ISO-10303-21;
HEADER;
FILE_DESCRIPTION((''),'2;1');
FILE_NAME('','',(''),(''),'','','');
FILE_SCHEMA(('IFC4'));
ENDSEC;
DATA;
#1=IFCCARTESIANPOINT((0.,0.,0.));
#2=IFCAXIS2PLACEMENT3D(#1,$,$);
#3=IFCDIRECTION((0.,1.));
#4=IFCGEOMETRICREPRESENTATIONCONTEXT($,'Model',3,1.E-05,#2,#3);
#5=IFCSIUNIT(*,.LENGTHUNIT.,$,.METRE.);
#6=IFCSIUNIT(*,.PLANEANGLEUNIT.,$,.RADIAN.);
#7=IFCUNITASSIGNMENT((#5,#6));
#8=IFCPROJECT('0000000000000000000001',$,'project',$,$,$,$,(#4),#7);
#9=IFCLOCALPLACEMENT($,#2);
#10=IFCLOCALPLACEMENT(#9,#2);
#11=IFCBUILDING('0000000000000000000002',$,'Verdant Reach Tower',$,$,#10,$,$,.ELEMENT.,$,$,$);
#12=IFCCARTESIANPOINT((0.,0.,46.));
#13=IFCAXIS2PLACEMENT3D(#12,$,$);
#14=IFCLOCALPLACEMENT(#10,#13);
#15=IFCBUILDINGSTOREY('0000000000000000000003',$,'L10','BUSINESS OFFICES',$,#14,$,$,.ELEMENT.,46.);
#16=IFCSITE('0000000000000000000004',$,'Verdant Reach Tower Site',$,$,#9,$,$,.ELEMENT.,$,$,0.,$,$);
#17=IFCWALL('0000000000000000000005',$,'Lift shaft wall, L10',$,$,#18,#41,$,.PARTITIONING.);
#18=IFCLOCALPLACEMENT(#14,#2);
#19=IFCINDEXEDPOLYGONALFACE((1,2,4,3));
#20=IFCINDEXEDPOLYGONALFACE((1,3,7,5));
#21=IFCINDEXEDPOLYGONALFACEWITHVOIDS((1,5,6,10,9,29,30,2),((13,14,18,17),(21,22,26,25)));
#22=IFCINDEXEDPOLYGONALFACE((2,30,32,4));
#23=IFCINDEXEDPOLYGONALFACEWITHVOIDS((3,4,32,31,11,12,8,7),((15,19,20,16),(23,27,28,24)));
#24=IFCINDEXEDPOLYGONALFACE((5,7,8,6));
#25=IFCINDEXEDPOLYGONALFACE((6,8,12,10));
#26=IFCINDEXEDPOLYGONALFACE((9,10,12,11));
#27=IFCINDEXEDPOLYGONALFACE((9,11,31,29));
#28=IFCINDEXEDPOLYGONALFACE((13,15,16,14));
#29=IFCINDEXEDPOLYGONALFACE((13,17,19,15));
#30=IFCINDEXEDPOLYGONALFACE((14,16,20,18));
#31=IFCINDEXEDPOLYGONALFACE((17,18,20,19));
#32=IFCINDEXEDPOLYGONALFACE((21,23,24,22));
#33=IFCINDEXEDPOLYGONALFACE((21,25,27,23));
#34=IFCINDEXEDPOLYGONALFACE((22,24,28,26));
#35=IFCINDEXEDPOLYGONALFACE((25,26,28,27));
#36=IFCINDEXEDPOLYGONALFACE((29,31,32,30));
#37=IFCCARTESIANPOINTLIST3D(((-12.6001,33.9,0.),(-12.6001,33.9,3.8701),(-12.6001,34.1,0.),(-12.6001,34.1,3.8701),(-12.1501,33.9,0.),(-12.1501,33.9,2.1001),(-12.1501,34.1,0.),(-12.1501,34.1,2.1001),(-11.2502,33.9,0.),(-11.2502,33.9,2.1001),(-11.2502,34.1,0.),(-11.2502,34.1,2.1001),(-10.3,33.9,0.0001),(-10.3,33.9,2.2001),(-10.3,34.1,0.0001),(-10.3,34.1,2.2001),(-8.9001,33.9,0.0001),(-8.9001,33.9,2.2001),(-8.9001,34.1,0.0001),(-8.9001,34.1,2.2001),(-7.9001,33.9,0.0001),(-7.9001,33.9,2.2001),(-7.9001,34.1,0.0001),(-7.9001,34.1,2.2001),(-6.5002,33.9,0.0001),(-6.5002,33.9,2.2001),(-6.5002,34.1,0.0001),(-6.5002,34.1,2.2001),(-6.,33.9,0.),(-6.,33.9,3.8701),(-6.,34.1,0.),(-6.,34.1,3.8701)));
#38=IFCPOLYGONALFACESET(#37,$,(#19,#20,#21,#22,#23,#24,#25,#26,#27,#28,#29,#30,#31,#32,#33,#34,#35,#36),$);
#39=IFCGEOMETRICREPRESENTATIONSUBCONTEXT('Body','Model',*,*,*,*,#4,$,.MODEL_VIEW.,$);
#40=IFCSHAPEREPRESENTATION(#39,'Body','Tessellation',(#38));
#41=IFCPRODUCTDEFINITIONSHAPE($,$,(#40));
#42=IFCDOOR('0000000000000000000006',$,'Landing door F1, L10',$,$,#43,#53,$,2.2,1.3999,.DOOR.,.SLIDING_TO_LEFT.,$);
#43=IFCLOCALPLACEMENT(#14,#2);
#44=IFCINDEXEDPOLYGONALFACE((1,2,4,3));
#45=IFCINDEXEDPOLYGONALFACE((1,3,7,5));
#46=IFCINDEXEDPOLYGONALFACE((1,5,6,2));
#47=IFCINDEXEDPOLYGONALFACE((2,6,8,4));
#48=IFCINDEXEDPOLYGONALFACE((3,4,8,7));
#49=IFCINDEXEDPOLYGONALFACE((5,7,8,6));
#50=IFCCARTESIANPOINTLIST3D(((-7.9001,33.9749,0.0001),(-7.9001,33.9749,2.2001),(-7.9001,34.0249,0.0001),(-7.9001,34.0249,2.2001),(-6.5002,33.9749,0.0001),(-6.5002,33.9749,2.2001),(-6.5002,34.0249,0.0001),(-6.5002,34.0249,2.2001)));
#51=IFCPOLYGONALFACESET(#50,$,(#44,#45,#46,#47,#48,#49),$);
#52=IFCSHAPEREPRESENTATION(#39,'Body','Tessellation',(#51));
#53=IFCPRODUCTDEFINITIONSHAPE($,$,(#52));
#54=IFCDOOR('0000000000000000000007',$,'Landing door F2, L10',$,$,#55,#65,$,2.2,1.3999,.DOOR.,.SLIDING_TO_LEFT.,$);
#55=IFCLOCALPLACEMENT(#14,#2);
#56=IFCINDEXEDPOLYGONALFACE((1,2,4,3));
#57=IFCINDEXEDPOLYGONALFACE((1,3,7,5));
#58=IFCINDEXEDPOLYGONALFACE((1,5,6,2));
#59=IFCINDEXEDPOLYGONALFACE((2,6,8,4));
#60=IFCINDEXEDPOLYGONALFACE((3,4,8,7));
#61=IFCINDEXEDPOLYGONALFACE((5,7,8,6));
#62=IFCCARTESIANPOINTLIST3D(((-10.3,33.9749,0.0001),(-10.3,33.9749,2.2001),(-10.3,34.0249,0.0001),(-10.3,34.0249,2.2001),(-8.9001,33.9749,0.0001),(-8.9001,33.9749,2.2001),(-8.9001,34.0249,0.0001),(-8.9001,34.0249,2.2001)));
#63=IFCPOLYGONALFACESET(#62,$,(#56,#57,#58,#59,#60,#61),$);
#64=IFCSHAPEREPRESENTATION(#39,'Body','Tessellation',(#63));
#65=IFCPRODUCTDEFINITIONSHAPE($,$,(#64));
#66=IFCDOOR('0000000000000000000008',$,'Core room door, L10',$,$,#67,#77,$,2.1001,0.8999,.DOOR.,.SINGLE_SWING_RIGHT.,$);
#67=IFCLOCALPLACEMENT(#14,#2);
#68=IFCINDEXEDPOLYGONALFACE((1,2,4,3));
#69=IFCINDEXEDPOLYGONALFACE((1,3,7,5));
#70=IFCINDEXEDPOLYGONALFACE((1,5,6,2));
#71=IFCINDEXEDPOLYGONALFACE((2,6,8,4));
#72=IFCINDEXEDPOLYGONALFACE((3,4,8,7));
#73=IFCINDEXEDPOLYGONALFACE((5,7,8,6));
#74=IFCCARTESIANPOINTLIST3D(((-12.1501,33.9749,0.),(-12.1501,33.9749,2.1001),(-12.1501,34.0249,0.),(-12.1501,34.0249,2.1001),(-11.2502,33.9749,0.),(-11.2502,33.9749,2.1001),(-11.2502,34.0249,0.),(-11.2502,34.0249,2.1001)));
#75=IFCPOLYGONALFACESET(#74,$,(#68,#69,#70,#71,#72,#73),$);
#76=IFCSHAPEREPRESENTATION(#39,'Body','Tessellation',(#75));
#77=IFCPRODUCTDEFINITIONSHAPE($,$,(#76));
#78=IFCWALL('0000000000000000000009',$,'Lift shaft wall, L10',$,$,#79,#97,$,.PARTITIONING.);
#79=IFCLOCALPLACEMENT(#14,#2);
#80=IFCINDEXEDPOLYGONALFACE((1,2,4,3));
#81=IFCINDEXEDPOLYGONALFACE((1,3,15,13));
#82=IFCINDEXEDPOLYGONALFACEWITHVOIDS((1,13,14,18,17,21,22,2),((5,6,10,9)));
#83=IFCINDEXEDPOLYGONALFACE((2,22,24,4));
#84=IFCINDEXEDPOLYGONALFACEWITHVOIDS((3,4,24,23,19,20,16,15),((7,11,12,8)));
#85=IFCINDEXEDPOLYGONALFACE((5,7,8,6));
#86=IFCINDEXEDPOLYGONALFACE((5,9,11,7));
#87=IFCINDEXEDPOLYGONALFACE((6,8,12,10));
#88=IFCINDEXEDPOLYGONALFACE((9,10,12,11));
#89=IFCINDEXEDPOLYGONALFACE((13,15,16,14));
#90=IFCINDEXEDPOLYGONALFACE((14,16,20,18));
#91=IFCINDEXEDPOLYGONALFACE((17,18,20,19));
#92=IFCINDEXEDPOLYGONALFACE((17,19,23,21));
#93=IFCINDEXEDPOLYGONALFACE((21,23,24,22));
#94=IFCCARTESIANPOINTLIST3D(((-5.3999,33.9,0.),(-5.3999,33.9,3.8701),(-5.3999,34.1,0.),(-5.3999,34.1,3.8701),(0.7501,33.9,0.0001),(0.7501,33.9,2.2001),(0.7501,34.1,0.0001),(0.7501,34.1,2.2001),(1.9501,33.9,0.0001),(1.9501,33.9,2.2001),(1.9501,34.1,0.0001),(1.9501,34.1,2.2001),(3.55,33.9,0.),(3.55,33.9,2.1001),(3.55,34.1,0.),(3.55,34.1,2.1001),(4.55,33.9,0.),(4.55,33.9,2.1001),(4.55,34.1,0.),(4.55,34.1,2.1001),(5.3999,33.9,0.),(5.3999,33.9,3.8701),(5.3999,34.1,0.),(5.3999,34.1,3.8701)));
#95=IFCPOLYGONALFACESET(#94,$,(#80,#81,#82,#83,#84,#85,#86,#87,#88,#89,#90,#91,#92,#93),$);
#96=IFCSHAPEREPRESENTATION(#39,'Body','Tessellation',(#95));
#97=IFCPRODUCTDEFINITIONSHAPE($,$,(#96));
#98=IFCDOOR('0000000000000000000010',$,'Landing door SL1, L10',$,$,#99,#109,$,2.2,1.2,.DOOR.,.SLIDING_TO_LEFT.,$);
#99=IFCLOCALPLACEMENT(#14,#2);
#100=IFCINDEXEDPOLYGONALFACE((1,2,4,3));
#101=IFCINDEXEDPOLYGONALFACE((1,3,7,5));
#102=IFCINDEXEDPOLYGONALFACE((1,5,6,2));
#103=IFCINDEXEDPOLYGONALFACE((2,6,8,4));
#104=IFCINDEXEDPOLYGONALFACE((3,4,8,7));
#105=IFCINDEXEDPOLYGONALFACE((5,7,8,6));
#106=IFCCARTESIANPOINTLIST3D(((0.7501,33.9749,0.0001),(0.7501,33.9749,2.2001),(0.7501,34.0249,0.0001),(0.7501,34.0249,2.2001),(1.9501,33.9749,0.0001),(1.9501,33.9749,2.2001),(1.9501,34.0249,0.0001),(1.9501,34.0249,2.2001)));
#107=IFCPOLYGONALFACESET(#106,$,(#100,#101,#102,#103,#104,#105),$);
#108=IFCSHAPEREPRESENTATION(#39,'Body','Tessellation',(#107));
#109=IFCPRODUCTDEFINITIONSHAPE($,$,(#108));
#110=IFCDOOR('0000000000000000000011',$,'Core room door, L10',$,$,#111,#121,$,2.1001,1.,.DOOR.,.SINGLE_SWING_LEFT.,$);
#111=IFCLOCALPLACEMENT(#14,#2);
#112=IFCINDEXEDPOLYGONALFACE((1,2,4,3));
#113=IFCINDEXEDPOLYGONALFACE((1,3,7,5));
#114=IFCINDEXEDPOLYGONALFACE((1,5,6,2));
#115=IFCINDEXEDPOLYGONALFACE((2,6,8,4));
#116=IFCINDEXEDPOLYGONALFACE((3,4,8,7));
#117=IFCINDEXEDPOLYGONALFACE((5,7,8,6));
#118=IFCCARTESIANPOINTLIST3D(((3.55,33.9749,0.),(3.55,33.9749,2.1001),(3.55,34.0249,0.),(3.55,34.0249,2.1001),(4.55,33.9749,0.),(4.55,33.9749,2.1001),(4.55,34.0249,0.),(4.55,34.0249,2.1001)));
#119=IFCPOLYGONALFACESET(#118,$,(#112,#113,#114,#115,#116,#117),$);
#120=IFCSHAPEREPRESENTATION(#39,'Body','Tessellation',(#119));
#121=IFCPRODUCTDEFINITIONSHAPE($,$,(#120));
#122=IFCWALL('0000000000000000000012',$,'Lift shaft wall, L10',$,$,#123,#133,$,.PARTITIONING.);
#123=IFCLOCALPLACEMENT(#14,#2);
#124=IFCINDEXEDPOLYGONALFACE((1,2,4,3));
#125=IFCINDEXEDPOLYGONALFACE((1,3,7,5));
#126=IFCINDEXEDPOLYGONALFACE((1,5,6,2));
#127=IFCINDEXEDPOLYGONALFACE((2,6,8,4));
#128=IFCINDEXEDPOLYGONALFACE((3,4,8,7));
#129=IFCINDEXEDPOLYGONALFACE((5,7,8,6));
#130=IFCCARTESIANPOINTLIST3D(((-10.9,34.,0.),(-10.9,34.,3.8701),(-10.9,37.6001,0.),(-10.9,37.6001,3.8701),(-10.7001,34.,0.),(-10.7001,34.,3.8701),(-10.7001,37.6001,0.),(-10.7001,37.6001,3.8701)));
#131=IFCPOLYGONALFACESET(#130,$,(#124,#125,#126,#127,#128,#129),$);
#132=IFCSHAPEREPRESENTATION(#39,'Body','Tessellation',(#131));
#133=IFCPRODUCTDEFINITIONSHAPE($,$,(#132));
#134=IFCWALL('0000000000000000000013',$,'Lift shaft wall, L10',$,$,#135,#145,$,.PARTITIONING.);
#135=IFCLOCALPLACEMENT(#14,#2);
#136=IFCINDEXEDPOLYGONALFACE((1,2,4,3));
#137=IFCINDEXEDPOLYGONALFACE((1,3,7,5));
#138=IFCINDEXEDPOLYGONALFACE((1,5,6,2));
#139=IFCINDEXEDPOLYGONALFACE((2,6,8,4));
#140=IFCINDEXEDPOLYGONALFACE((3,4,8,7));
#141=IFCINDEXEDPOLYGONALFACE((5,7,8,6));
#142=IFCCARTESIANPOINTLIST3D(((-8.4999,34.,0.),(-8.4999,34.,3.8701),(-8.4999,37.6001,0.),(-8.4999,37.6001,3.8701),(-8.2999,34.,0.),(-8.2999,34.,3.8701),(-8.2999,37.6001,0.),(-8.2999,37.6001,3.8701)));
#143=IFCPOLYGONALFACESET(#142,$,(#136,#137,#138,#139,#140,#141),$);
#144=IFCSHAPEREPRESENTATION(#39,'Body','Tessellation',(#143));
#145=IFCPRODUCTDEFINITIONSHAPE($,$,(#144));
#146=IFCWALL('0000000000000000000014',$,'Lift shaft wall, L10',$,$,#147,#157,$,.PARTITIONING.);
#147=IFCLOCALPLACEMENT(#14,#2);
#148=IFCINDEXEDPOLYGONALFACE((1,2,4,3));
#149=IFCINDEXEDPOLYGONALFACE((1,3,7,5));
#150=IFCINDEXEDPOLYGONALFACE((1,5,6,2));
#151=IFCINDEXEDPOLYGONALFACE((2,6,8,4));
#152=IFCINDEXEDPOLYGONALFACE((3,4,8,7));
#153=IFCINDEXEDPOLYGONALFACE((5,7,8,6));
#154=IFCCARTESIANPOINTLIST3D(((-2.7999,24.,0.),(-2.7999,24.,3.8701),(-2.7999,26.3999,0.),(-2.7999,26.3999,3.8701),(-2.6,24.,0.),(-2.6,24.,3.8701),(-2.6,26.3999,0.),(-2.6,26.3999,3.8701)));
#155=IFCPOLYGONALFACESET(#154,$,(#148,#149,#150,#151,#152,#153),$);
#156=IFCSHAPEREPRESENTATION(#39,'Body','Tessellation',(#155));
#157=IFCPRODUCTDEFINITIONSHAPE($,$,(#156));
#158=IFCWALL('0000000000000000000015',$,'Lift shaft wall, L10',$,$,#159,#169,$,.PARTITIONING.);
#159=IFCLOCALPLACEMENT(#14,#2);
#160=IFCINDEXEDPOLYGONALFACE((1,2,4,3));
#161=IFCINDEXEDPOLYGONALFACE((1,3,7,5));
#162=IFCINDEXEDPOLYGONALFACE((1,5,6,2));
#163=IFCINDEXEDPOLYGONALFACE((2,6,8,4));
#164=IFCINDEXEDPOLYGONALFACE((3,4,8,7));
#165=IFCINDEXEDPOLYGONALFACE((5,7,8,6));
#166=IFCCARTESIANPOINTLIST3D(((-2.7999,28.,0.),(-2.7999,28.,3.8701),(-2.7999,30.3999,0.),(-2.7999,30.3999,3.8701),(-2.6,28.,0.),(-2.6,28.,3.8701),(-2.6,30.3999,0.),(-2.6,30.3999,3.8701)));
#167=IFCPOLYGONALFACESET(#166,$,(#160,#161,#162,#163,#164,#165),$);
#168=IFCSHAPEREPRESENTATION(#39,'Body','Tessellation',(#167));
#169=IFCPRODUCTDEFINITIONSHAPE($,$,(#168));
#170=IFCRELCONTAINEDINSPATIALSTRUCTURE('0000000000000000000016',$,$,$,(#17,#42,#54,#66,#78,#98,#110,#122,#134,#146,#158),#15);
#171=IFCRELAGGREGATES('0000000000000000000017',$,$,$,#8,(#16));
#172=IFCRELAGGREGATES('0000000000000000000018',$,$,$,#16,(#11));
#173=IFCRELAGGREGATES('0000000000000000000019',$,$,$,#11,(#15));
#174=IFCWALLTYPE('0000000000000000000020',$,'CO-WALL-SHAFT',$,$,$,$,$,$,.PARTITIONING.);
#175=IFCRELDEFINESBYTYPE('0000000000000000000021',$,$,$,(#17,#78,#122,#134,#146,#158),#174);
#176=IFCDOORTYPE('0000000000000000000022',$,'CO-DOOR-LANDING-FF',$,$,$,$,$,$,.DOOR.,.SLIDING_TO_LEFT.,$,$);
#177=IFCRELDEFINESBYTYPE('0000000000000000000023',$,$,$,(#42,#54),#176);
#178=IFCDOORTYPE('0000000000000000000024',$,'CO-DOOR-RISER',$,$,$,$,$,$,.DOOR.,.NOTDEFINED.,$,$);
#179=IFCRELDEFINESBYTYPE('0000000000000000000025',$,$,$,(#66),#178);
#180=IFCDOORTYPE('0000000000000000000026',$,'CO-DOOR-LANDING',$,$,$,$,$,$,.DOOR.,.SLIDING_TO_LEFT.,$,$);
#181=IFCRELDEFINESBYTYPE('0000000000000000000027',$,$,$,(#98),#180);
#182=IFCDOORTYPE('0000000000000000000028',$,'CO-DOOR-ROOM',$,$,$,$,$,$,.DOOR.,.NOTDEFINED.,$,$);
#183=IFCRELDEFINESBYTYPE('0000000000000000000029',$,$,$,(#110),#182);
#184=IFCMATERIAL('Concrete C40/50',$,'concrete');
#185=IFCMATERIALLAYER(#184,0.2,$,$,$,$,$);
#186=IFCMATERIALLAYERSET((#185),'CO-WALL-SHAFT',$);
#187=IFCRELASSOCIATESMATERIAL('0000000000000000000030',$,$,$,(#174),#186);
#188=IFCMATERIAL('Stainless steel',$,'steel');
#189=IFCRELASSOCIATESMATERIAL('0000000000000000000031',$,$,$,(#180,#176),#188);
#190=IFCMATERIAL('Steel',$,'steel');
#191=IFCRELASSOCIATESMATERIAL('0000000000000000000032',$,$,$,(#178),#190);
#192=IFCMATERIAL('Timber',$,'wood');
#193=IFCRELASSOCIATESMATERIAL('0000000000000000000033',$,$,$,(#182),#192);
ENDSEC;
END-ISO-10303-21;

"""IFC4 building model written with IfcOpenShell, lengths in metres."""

from ifc_helpers import new_model, si_unit, direction, frame, frame_2d, origin, place, context, subcontext, project, spatial, rectangle, extrude, material, layer, layer_set, type_object, element, fill, save


model = new_model("IFC4")

# Units and contexts
model_context = context("Model", 3, precision=1e-05, world=origin(), true_north=direction((0.0, 1.0)))
body_context = subcontext(model_context, "Body", "Model", "MODEL_VIEW")
ifc_project = project(units=[si_unit("LENGTHUNIT", "METRE"), si_unit("PLANEANGLEUNIT", "RADIAN")], contexts=[model_context])

# Site, building, storey
site_placement = place(None, origin())
site = spatial("IfcSite", under=ifc_project, at=site_placement, Name="Verdant Reach Tower Site", CompositionType="ELEMENT", RefElevation=0.0)
building_placement = place(site_placement, origin())
building = spatial("IfcBuilding", under=site, at=building_placement, Name="Verdant Reach Tower", CompositionType="ELEMENT")
storey_placement = place(building_placement, frame((0.0, 0.0, 46.0)))
storey = spatial("IfcBuildingStorey", under=building, at=storey_placement, Name="L10", Description="BUSINESS OFFICES", CompositionType="ELEMENT", Elevation=46.0)

# Shared definitions
ifc_material_1 = material(Name="Concrete C40/50", Category="concrete")
ifc_layer_1 = layer(ifc_material_1, 0.2)
ifc_layer_set_1 = layer_set([ifc_layer_1], Name="CO-WALL-SHAFT")
wall_type_1 = type_object("IfcWallType", Name="CO-WALL-SHAFT", PredefinedType="PARTITIONING", material=ifc_layer_set_1)
ifc_material_2 = material(Name="Stainless steel", Category="steel")
door_type_1 = type_object("IfcDoorType", Name="CO-DOOR-LANDING", OperationType="SLIDING_TO_LEFT", PredefinedType="DOOR", material=ifc_material_2)

# Walls, openings, doors
wall_1_placement = place(storey_placement, frame((-12.6001, 34.0, 0.0), z_axis=(0.0, 0.0, 1.0), x_axis=(1.0, 0.0, 0.0)))
wall_1 = element("IfcWall", 1, at=wall_1_placement, inside=storey, type_object=wall_type_1, Name="Lift shaft wall, L10", PredefinedType="PARTITIONING", context=body_context, shape_type="SweptSolid", body=[
    extrude(rectangle(XDim=6.6001, YDim=0.2, at=frame_2d((3.3, 0.0))), origin(), (0.0, 0.0, 1.0), 3.8701),
])
opening_1_placement = place(wall_1_placement, frame((4.7, 0.0, 0.0)))
opening_1 = element("IfcOpeningElement", 2, at=opening_1_placement, cuts=wall_1, PredefinedType="OPENING", context=body_context, shape_type="SweptSolid", body=[
    extrude(rectangle(XDim=1.3999, YDim=2.2, at=frame_2d((0.7, 1.1001))), frame((0.0, 0.1099, 0.0), z_axis=(0.0, -1.0, 0.0), x_axis=(1.0, 0.0, 0.0)), (0.0, 0.0, 1.0), 0.22),
])
opening_2_placement = place(wall_1_placement, frame((2.3, 0.0, 0.0)))
opening_2 = element("IfcOpeningElement", 3, at=opening_2_placement, cuts=wall_1, PredefinedType="OPENING", context=body_context, shape_type="SweptSolid", body=[
    extrude(rectangle(XDim=1.3999, YDim=2.2, at=frame_2d((0.7, 1.1001))), frame((0.0, 0.1099, 0.0), z_axis=(0.0, -1.0, 0.0), x_axis=(1.0, 0.0, 0.0)), (0.0, 0.0, 1.0), 0.22),
])
opening_3_placement = place(wall_1_placement, frame((0.45, 0.0, 0.0)))
opening_3 = element("IfcOpeningElement", 4, at=opening_3_placement, cuts=wall_1, PredefinedType="OPENING", context=body_context, shape_type="SweptSolid", body=[
    extrude(rectangle(XDim=0.8999, YDim=2.1001, at=frame_2d((0.45, 1.05))), frame((0.0, 0.1099, 0.0), z_axis=(0.0, -1.0, 0.0), x_axis=(1.0, 0.0, 0.0)), (0.0, 0.0, 1.0), 0.22),
])
door_type_2 = type_object("IfcDoorType", Name="CO-DOOR-LANDING-FF", OperationType="SLIDING_TO_LEFT", PredefinedType="DOOR", material=ifc_material_2)
door_1_placement = place(opening_1_placement, origin())
door_1 = element("IfcDoor", 5, at=door_1_placement, inside=storey, type_object=door_type_2, Name="Landing door F1, L10", OperationType="SLIDING_TO_LEFT", OverallHeight=2.2, OverallWidth=1.3999, PredefinedType="DOOR", context=body_context, shape_type="SweptSolid", body=[
    extrude(rectangle(XDim=1.3999, YDim=2.2, at=frame_2d((0.7, 1.1001))), frame((0.0, 0.0249, 0.0), z_axis=(0.0, -1.0, 0.0), x_axis=(1.0, 0.0, 0.0)), (0.0, 0.0, 1.0), 0.05),
])
fill(opening_1, door_1)
door_2_placement = place(opening_2_placement, origin())
door_2 = element("IfcDoor", 6, at=door_2_placement, inside=storey, type_object=door_type_2, Name="Landing door F2, L10", OperationType="SLIDING_TO_LEFT", OverallHeight=2.2, OverallWidth=1.3999, PredefinedType="DOOR", context=body_context, shape_type="SweptSolid", body=[
    extrude(rectangle(XDim=1.3999, YDim=2.2, at=frame_2d((0.7, 1.1001))), frame((0.0, 0.0249, 0.0), z_axis=(0.0, -1.0, 0.0), x_axis=(1.0, 0.0, 0.0)), (0.0, 0.0, 1.0), 0.05),
])
fill(opening_2, door_2)
ifc_material_3 = material(Name="Steel", Category="steel")
door_type_3 = type_object("IfcDoorType", Name="CO-DOOR-RISER", OperationType="NOTDEFINED", PredefinedType="DOOR", material=ifc_material_3)
door_3_placement = place(opening_3_placement, origin())
door_3 = element("IfcDoor", 7, at=door_3_placement, inside=storey, type_object=door_type_3, Name="Core room door, L10", OperationType="SINGLE_SWING_RIGHT", OverallHeight=2.1001, OverallWidth=0.8999, PredefinedType="DOOR", context=body_context, shape_type="SweptSolid", body=[
    extrude(rectangle(XDim=0.8999, YDim=2.1001, at=frame_2d((0.45, 1.05))), frame((0.0, 0.0249, 0.0), z_axis=(0.0, -1.0, 0.0), x_axis=(1.0, 0.0, 0.0)), (0.0, 0.0, 1.0), 0.05),
])
fill(opening_3, door_3)
wall_2_placement = place(storey_placement, frame((-5.3999, 34.0, 0.0), z_axis=(0.0, 0.0, 1.0), x_axis=(1.0, 0.0, 0.0)))
wall_2 = element("IfcWall", 8, at=wall_2_placement, inside=storey, type_object=wall_type_1, Name="Lift shaft wall, L10", PredefinedType="PARTITIONING", context=body_context, shape_type="SweptSolid", body=[
    extrude(rectangle(XDim=10.7998, YDim=0.2, at=frame_2d((5.3999, 0.0))), origin(), (0.0, 0.0, 1.0), 3.8701),
])
opening_4_placement = place(wall_2_placement, frame((6.1499, 0.0, 0.0)))
opening_4 = element("IfcOpeningElement", 9, at=opening_4_placement, cuts=wall_2, PredefinedType="OPENING", context=body_context, shape_type="SweptSolid", body=[
    extrude(rectangle(XDim=1.2, YDim=2.2, at=frame_2d((0.6001, 1.1001))), frame((0.0, 0.1099, 0.0), z_axis=(0.0, -1.0, 0.0), x_axis=(1.0, 0.0, 0.0)), (0.0, 0.0, 1.0), 0.22),
])
opening_5_placement = place(wall_2_placement, frame((8.95, 0.0, 0.0)))
opening_5 = element("IfcOpeningElement", 10, at=opening_5_placement, cuts=wall_2, PredefinedType="OPENING", context=body_context, shape_type="SweptSolid", body=[
    extrude(rectangle(XDim=1.0, YDim=2.1001, at=frame_2d((0.5, 1.05))), frame((0.0, 0.1099, 0.0), z_axis=(0.0, -1.0, 0.0), x_axis=(1.0, 0.0, 0.0)), (0.0, 0.0, 1.0), 0.22),
])
door_4_placement = place(opening_4_placement, origin())
door_4 = element("IfcDoor", 11, at=door_4_placement, inside=storey, type_object=door_type_1, Name="Landing door SL1, L10", OperationType="SLIDING_TO_LEFT", OverallHeight=2.2, OverallWidth=1.2, PredefinedType="DOOR", context=body_context, shape_type="SweptSolid", body=[
    extrude(rectangle(XDim=1.2, YDim=2.2, at=frame_2d((0.6001, 1.1001))), frame((0.0, 0.0249, 0.0), z_axis=(0.0, -1.0, 0.0), x_axis=(1.0, 0.0, 0.0)), (0.0, 0.0, 1.0), 0.05),
])
fill(opening_4, door_4)
ifc_material_4 = material(Name="Timber", Category="wood")
door_type_4 = type_object("IfcDoorType", Name="CO-DOOR-ROOM", OperationType="NOTDEFINED", PredefinedType="DOOR", material=ifc_material_4)
door_5_placement = place(opening_5_placement, origin())
door_5 = element("IfcDoor", 12, at=door_5_placement, inside=storey, type_object=door_type_4, Name="Core room door, L10", OperationType="SINGLE_SWING_LEFT", OverallHeight=2.1001, OverallWidth=1.0, PredefinedType="DOOR", context=body_context, shape_type="SweptSolid", body=[
    extrude(rectangle(XDim=1.0, YDim=2.1001, at=frame_2d((0.5, 1.05))), frame((0.0, 0.0249, 0.0), z_axis=(0.0, -1.0, 0.0), x_axis=(1.0, 0.0, 0.0)), (0.0, 0.0, 1.0), 0.05),
])
fill(opening_5, door_5)

# Walls
for number, where, z_axis, x_axis, name in (
    (13, (-10.8, 34.0, 0.0), (0.0, 0.0, 1.0), (0.0, 1.0, 0.0), "Lift shaft wall, L10"),
    (14, (-8.3999, 34.0, 0.0), (0.0, 0.0, 1.0), (0.0, 1.0, 0.0), "Lift shaft wall, L10"),
):
    element("IfcWall", number, at=place(storey_placement, frame(where, z_axis=z_axis, x_axis=x_axis)), inside=storey, type_object=wall_type_1, Name=name, PredefinedType="PARTITIONING", context=body_context, shape_type="SweptSolid", body=[
        extrude(rectangle(XDim=3.6001, YDim=0.2, at=frame_2d((1.8, 0.0))), origin(), (0.0, 0.0, 1.0), 3.8701),
    ])
for number, where, z_axis, x_axis, name in (
    (15, (-2.7, 24.0, 0.0), (0.0, 0.0, 1.0), (0.0, 1.0, 0.0), "Lift shaft wall, L10"),
    (16, (-2.7, 28.0, 0.0), (0.0, 0.0, 1.0), (0.0, 1.0, 0.0), "Lift shaft wall, L10"),
):
    element("IfcWall", number, at=place(storey_placement, frame(where, z_axis=z_axis, x_axis=x_axis)), inside=storey, type_object=wall_type_1, Name=name, PredefinedType="PARTITIONING", context=body_context, shape_type="SweptSolid", body=[
        extrude(rectangle(XDim=2.3999, YDim=0.2, at=frame_2d((1.2, 0.0))), origin(), (0.0, 0.0, 1.0), 3.8701),
    ])

save(model, "model.ifc")
